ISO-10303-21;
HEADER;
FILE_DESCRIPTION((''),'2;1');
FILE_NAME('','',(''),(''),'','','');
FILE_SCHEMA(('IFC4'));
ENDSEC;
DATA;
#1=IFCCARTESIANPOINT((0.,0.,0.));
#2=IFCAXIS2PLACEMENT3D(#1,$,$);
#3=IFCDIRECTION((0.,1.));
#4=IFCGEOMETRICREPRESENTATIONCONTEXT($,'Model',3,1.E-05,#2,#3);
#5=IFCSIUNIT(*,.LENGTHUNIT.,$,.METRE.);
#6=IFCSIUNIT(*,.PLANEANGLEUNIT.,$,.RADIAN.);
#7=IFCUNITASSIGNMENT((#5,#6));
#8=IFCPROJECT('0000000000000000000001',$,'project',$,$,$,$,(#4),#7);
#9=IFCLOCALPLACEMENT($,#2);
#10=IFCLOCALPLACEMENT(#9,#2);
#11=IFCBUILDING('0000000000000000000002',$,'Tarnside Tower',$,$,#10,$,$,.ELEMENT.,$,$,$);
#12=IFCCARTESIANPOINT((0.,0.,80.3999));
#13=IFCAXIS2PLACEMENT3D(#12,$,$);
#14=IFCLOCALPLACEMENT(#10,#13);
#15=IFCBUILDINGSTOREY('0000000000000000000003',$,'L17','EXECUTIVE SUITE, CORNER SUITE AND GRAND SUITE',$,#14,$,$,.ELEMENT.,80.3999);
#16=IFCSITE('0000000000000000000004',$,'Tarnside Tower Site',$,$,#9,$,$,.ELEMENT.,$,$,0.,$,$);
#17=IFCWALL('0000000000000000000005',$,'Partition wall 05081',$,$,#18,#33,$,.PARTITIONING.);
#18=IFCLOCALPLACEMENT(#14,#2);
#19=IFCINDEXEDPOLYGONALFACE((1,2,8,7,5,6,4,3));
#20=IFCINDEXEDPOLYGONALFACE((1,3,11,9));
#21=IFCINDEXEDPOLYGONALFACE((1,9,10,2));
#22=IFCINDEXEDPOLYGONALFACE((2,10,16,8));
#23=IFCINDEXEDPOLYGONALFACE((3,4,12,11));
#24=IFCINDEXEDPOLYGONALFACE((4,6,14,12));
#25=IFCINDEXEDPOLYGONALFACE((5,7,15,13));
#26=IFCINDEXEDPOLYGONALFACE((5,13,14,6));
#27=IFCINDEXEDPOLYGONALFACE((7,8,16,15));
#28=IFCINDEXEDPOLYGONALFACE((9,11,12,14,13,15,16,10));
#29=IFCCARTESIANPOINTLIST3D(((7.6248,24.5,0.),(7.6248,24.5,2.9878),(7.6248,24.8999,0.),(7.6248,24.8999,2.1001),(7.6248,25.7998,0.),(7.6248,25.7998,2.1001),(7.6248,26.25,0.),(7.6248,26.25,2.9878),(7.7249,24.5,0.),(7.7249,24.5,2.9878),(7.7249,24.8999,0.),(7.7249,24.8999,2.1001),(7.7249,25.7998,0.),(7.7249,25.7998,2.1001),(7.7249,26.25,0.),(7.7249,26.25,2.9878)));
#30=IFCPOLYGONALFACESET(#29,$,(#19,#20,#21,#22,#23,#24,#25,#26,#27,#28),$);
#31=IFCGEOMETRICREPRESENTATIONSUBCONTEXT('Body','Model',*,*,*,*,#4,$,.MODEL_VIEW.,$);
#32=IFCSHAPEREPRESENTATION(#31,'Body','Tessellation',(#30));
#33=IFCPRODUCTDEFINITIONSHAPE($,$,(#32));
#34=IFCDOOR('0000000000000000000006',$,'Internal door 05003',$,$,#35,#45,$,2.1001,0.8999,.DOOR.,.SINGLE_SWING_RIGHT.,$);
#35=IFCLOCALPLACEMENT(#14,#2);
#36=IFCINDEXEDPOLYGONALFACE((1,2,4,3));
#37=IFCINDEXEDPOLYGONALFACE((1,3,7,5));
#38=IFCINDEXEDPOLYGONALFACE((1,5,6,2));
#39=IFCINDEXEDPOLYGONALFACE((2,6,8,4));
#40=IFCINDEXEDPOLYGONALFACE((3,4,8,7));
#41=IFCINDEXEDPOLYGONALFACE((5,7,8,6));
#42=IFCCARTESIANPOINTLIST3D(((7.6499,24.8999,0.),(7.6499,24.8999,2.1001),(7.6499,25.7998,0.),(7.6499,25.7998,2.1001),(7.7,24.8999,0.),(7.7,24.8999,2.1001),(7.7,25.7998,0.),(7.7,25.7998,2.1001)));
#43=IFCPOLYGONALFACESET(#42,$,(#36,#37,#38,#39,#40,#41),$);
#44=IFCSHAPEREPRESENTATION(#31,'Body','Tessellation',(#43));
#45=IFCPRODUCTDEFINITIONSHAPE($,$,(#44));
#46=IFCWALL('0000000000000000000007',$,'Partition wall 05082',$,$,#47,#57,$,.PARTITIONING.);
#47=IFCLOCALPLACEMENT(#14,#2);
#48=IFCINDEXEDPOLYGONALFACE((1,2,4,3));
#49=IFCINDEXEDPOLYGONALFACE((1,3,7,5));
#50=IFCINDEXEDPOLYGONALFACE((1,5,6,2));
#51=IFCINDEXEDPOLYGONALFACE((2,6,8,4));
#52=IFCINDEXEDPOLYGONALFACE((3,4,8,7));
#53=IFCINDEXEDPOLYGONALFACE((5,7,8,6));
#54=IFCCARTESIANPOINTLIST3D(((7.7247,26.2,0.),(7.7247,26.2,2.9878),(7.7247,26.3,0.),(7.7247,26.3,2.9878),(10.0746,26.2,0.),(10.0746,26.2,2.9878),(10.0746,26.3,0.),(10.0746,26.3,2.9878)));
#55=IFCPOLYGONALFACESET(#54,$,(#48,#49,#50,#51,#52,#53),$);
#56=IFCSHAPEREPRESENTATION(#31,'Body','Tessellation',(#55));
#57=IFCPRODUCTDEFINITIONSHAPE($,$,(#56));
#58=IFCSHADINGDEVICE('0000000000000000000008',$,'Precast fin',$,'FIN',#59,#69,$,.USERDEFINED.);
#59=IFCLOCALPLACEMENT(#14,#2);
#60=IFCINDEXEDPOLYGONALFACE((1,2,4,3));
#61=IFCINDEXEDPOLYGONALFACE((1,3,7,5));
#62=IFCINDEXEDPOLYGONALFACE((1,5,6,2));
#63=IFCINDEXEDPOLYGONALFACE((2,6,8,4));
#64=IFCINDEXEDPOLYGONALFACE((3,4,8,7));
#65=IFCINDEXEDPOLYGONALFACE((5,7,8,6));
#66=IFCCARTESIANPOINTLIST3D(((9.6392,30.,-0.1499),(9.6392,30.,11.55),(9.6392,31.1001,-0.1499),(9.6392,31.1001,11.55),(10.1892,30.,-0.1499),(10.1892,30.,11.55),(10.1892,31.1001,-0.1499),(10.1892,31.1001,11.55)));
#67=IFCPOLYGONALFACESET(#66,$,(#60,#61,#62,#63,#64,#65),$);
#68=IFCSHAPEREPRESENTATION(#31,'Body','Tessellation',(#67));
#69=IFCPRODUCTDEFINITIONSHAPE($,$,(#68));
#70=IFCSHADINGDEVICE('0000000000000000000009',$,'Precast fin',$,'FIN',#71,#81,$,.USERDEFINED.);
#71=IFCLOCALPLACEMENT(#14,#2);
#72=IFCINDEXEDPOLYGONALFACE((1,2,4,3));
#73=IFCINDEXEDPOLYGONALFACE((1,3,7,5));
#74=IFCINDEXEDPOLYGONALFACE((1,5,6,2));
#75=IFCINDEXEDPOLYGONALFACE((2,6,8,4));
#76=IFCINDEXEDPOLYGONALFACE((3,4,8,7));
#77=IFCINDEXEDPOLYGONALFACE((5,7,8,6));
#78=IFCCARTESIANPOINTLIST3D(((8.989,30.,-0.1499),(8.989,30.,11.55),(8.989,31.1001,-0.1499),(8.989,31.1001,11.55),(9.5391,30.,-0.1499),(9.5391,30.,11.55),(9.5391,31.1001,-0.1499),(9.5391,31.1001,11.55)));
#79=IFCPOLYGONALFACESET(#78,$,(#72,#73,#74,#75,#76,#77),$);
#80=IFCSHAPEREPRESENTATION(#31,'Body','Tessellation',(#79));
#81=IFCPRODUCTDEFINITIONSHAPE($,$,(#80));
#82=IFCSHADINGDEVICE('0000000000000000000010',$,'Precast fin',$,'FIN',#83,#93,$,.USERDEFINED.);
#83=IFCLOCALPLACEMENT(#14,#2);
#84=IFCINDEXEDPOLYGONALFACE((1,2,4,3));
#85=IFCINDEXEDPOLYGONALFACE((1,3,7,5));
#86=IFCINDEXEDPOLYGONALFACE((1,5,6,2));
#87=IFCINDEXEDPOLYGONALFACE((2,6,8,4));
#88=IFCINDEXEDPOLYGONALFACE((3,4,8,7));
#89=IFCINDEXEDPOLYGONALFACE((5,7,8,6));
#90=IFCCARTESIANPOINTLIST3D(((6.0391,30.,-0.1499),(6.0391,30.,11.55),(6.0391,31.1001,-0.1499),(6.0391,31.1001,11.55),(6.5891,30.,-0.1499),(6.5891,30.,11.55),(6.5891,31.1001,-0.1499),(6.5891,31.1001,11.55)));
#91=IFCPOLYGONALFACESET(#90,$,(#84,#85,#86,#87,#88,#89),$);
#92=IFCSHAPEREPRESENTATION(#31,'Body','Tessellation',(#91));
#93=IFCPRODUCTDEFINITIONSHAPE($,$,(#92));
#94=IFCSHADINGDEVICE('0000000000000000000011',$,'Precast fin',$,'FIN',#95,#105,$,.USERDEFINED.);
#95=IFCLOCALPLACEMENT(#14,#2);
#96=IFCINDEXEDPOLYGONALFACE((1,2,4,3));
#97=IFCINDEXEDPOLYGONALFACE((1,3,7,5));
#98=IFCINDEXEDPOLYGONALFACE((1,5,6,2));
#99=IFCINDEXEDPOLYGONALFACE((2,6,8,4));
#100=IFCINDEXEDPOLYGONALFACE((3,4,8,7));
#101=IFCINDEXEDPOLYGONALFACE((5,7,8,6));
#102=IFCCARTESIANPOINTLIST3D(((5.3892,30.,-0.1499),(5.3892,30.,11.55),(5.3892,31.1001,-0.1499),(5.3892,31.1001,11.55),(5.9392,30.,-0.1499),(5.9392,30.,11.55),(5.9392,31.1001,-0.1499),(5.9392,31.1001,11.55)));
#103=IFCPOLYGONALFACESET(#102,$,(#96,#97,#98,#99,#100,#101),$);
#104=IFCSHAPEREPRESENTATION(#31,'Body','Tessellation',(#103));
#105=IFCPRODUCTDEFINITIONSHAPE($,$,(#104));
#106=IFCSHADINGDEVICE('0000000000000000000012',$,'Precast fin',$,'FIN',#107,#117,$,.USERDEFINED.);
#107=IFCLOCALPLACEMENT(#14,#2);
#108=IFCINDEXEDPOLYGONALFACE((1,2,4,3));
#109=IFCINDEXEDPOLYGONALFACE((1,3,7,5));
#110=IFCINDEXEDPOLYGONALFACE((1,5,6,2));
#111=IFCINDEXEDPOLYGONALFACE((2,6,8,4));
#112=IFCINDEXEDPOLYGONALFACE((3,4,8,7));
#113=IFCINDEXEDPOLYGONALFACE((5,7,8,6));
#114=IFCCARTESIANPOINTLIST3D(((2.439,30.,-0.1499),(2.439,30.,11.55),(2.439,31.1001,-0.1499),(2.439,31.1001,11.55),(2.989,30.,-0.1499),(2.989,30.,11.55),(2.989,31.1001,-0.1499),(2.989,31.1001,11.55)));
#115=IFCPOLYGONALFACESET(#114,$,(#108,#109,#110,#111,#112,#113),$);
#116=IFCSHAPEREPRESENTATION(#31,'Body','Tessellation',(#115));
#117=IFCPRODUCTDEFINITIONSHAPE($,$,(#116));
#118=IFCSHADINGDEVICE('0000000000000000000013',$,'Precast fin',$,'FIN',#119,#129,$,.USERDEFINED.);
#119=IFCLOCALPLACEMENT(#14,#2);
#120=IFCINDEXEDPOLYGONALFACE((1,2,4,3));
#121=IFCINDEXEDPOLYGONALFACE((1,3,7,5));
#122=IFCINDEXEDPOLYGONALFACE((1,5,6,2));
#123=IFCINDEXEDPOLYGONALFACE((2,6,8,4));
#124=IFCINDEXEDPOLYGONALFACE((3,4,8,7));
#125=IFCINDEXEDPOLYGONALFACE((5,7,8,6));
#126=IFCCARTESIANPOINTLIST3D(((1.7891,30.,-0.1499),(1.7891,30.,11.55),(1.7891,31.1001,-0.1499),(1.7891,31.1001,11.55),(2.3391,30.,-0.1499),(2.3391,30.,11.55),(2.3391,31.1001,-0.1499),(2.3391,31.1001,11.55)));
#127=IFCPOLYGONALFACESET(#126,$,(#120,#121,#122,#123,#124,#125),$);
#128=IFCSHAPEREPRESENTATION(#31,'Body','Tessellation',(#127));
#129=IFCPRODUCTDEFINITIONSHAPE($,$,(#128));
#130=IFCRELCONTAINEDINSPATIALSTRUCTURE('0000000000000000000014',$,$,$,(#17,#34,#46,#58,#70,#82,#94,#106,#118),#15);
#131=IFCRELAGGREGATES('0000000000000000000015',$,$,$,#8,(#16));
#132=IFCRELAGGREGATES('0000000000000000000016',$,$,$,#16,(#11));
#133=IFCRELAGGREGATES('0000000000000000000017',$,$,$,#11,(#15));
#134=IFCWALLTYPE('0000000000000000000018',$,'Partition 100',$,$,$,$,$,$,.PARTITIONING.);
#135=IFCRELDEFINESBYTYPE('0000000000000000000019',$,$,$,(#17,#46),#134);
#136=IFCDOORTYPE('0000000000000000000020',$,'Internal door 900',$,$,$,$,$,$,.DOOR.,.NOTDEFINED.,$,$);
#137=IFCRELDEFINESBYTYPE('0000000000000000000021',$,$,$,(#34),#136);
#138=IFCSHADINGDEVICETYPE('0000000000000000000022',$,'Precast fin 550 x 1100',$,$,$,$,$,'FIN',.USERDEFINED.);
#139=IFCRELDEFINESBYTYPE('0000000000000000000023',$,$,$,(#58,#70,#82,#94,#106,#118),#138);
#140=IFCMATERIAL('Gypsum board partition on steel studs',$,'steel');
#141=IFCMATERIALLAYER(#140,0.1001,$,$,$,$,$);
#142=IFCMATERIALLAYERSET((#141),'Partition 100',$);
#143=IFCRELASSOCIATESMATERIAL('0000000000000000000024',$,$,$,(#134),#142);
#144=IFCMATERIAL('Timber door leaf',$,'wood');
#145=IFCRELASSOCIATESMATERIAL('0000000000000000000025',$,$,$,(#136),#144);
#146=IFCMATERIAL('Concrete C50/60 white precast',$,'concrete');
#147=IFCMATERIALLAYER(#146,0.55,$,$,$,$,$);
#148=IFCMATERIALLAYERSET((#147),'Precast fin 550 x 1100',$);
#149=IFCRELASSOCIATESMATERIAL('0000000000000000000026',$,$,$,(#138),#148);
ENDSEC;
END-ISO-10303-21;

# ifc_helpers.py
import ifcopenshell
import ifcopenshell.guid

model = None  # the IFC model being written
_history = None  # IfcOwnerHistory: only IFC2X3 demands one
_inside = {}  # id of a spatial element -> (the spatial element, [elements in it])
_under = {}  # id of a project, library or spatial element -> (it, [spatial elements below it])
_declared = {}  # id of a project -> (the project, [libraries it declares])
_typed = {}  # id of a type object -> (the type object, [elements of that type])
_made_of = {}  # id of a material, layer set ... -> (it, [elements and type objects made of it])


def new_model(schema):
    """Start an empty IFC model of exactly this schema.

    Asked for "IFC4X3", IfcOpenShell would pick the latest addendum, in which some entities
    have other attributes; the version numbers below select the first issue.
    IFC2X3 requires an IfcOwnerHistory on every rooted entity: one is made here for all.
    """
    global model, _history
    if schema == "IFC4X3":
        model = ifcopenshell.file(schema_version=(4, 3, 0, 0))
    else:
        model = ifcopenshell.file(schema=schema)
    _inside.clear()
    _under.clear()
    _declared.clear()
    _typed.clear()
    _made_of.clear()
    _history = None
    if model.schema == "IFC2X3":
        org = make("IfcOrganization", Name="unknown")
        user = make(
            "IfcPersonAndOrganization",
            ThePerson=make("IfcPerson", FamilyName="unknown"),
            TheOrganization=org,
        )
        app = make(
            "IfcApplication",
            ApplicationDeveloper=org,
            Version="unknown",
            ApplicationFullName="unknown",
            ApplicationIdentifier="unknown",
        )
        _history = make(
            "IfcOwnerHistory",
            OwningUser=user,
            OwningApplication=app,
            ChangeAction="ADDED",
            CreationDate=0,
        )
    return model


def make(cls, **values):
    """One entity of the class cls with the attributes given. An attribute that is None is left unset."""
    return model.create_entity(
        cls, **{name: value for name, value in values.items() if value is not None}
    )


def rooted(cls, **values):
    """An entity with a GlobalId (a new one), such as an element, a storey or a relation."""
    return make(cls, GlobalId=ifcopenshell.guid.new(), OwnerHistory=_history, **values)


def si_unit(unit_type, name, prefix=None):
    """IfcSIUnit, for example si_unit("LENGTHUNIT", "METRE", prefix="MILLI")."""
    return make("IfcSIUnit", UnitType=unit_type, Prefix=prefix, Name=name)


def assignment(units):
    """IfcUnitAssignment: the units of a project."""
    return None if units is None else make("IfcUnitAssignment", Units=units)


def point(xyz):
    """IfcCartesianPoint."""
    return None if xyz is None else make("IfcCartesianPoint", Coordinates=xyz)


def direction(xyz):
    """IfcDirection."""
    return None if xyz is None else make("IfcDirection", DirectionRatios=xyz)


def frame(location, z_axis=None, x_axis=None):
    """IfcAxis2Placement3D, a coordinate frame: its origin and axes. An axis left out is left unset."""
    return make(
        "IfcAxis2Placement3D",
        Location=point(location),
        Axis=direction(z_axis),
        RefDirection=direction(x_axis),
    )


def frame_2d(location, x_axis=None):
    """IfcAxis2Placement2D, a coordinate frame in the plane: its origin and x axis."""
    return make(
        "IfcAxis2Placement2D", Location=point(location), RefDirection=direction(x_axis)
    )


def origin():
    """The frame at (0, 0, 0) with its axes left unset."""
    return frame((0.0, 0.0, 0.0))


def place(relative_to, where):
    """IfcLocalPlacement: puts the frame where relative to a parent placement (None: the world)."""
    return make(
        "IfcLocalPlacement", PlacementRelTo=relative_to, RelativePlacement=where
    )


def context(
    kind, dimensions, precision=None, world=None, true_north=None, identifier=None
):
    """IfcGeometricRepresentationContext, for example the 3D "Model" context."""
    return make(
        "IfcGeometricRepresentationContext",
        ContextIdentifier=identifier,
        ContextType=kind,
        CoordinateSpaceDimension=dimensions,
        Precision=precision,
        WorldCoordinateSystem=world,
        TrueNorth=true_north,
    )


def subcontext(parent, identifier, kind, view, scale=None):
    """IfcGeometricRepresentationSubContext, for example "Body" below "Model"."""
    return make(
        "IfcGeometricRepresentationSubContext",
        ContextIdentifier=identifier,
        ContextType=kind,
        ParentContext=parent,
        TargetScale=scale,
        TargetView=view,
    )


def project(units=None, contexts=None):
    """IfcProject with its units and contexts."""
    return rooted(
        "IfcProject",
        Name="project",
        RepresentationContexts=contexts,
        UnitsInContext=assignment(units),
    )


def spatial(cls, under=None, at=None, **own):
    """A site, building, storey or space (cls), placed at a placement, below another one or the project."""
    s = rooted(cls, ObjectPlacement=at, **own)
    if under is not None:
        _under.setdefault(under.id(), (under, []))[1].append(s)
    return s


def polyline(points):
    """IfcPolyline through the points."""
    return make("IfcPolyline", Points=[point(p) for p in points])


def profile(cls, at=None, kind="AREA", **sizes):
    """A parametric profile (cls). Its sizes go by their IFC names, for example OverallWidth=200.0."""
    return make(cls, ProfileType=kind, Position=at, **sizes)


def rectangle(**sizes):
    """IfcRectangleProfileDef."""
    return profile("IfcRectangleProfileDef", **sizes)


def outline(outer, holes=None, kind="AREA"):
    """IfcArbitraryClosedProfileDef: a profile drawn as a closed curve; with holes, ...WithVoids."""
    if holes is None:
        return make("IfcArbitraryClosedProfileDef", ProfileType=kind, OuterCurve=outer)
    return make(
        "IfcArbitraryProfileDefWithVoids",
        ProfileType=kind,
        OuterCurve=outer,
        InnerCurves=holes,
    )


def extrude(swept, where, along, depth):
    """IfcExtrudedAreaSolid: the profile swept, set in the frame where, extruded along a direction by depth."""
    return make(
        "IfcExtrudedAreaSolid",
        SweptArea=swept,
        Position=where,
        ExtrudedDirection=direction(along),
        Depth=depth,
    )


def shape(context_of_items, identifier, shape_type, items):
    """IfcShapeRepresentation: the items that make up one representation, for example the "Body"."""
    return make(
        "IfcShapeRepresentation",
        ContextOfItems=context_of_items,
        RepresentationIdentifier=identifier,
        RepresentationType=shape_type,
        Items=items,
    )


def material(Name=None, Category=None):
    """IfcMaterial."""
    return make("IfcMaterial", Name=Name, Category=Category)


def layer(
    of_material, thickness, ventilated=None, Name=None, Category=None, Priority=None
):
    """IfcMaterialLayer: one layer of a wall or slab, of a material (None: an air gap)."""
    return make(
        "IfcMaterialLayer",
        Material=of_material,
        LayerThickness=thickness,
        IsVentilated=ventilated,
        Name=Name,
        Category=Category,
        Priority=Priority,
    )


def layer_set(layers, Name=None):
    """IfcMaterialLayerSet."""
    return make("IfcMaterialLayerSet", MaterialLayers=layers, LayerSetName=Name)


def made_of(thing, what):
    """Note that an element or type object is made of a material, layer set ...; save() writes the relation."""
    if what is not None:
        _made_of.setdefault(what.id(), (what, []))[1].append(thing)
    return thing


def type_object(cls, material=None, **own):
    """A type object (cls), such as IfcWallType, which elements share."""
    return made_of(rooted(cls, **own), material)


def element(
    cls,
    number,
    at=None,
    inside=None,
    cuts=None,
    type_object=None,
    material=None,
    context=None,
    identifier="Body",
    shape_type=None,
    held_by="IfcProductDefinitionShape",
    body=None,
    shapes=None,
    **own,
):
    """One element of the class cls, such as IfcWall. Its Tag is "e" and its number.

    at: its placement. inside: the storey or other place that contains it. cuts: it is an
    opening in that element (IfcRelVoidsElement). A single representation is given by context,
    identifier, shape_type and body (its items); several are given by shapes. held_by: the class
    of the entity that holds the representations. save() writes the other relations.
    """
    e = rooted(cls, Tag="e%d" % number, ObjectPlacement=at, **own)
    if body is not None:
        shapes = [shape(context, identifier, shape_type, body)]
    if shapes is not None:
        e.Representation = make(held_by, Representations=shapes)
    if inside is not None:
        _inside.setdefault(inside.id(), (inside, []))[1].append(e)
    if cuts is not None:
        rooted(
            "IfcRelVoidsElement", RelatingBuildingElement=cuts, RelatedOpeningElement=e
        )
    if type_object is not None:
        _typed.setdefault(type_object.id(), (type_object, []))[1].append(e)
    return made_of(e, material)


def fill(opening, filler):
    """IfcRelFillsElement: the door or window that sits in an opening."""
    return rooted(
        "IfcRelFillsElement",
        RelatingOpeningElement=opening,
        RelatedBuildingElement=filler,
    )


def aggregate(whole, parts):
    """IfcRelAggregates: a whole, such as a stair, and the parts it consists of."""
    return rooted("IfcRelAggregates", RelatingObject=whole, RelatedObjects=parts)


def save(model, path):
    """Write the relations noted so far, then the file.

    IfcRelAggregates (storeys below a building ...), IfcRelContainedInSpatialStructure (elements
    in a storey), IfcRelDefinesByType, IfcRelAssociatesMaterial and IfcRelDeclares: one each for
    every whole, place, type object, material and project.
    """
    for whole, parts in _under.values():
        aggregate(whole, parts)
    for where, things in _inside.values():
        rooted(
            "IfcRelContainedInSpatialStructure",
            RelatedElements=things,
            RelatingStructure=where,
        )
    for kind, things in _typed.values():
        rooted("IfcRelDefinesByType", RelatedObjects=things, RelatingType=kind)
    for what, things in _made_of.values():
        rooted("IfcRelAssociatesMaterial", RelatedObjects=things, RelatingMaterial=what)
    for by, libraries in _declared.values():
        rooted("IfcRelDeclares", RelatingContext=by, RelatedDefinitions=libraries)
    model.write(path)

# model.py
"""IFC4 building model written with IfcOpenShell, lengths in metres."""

from ifc_helpers import new_model, si_unit, direction, frame, frame_2d, origin, place, context, subcontext, project, spatial, polyline, rectangle, outline, extrude, material, layer, layer_set, type_object, element, fill, save


model = new_model("IFC4")

# Units and contexts
model_context = context("Model", 3, precision=1e-05, world=origin(), true_north=direction((0.0, 1.0)))
body_context = subcontext(model_context, "Body", "Model", "MODEL_VIEW")
ifc_project = project(units=[si_unit("LENGTHUNIT", "METRE"), si_unit("PLANEANGLEUNIT", "RADIAN")], contexts=[model_context])

# Site, building, storey
site_placement = place(None, origin())
site = spatial("IfcSite", under=ifc_project, at=site_placement, Name="Tarnside Tower Site", CompositionType="ELEMENT", RefElevation=0.0)
building_placement = place(site_placement, origin())
building = spatial("IfcBuilding", under=site, at=building_placement, Name="Tarnside Tower", CompositionType="ELEMENT")
storey_placement = place(building_placement, frame((0.0, 0.0, 80.3999)))
storey = spatial("IfcBuildingStorey", under=building, at=storey_placement, Name="L17", Description="EXECUTIVE SUITE, CORNER SUITE AND GRAND SUITE", CompositionType="ELEMENT", Elevation=80.3999)

# Shared definitions
ifc_material_1 = material(Name="Gypsum board partition on steel studs", Category="steel")

# Wall, opening, door
ifc_layer_1 = layer(ifc_material_1, 0.1001)
ifc_layer_set_1 = layer_set([ifc_layer_1], Name="Partition 100")
wall_type_1 = type_object("IfcWallType", Name="Partition 100", PredefinedType="PARTITIONING", material=ifc_layer_set_1)
wall_1_placement = place(storey_placement, frame((7.6748, 24.5, 0.0), z_axis=(0.0, 0.0, 1.0), x_axis=(0.0, 1.0, 0.0)))
wall_1 = element("IfcWall", 1, at=wall_1_placement, inside=storey, type_object=wall_type_1, Name="Partition wall 05081", PredefinedType="PARTITIONING", context=body_context, shape_type="SweptSolid", body=[
    extrude(rectangle(XDim=1.75, YDim=0.1001, at=frame_2d((0.875, 0.0))), origin(), (0.0, 0.0, 1.0), 2.9878),
])
opening_placement = place(wall_1_placement, frame((0.3999, 0.0, 0.0)))
opening = element("IfcOpeningElement", 2, at=opening_placement, cuts=wall_1, PredefinedType="OPENING", context=body_context, shape_type="SweptSolid", body=[
    extrude(rectangle(XDim=0.8999, YDim=2.1001, at=frame_2d((0.45, 1.05))), frame((0.0, 0.0601, 0.0), z_axis=(0.0, -1.0, 0.0), x_axis=(1.0, 0.0, 0.0)), (0.0, 0.0, 1.0), 0.1201),
])
ifc_material_2 = material(Name="Timber door leaf", Category="wood")
door_type = type_object("IfcDoorType", Name="Internal door 900", OperationType="NOTDEFINED", PredefinedType="DOOR", material=ifc_material_2)
door_placement = place(opening_placement, origin())
door = element("IfcDoor", 3, at=door_placement, inside=storey, type_object=door_type, Name="Internal door 05003", OperationType="SINGLE_SWING_RIGHT", OverallHeight=2.1001, OverallWidth=0.8999, PredefinedType="DOOR", context=body_context, shape_type="SweptSolid", body=[
    extrude(rectangle(XDim=0.8999, YDim=2.1001, at=frame_2d((0.45, 1.05))), frame((0.0, 0.0249, 0.0), z_axis=(0.0, -1.0, 0.0), x_axis=(1.0, 0.0, 0.0)), (0.0, 0.0, 1.0), 0.05),
])
fill(opening, door)

# Wall
wall_2_placement = place(storey_placement, frame((7.7249, 26.25, 0.0), z_axis=(0.0, 0.0, 1.0), x_axis=(1.0, 0.0, 0.0)))
element("IfcWall", 4, at=wall_2_placement, inside=storey, type_object=wall_type_1, Name="Partition wall 05082", PredefinedType="PARTITIONING", context=body_context, shape_type="SweptSolid", body=[
    extrude(rectangle(XDim=2.3499, YDim=0.1001, at=frame_2d((1.1748, 0.0))), origin(), (0.0, 0.0, 1.0), 2.9878),
])

# Shading devices
ifc_material_3 = material(Name="Concrete C50/60 white precast", Category="concrete")
ifc_layer_2 = layer(ifc_material_3, 0.55)
ifc_layer_set_2 = layer_set([ifc_layer_2], Name="Precast fin 550 x 1100")
shading_device_type = type_object("IfcShadingDeviceType", Name="Precast fin 550 x 1100", ElementType="FIN", PredefinedType="USERDEFINED", material=ifc_layer_set_2)
for number, where, z_axis, x_axis, name in (
    (5, (9.9141, 30.0, -0.1499), (1.0, 0.0, 0.0), (0.0, 1.0, 0.0), "Precast fin"),
    (6, (9.2639, 30.0, -0.1499), (1.0, 0.0, 0.0), (0.0, 1.0, 0.0), "Precast fin"),
    (7, (6.314, 30.0, -0.1499), (1.0, 0.0, 0.0), (0.0, 1.0, 0.0), "Precast fin"),
    (8, (5.6641, 30.0, -0.1499), (1.0, 0.0, 0.0), (0.0, 1.0, 0.0), "Precast fin"),
    (9, (2.7139, 30.0, -0.1499), (1.0, 0.0, 0.0), (0.0, 1.0, 0.0), "Precast fin"),
    (10, (2.064, 30.0, -0.1499), (1.0, 0.0, 0.0), (0.0, 1.0, 0.0), "Precast fin"),
):
    element("IfcShadingDevice", number, at=place(storey_placement, frame(where, z_axis=z_axis, x_axis=x_axis)), inside=storey, type_object=shading_device_type, Name=name, ObjectType="FIN", PredefinedType="USERDEFINED", context=body_context, shape_type="SweptSolid", body=[
        extrude(outline(polyline([(0.0, 0.0), (1.1001, 0.0), (1.1001, 11.7), (0.0, 11.7), (0.0, 0.0)])), frame((0.0, 0.0, -0.2749)), (0.0, 0.0, 1.0), 0.55),
    ])

save(model, "model.ifc")
